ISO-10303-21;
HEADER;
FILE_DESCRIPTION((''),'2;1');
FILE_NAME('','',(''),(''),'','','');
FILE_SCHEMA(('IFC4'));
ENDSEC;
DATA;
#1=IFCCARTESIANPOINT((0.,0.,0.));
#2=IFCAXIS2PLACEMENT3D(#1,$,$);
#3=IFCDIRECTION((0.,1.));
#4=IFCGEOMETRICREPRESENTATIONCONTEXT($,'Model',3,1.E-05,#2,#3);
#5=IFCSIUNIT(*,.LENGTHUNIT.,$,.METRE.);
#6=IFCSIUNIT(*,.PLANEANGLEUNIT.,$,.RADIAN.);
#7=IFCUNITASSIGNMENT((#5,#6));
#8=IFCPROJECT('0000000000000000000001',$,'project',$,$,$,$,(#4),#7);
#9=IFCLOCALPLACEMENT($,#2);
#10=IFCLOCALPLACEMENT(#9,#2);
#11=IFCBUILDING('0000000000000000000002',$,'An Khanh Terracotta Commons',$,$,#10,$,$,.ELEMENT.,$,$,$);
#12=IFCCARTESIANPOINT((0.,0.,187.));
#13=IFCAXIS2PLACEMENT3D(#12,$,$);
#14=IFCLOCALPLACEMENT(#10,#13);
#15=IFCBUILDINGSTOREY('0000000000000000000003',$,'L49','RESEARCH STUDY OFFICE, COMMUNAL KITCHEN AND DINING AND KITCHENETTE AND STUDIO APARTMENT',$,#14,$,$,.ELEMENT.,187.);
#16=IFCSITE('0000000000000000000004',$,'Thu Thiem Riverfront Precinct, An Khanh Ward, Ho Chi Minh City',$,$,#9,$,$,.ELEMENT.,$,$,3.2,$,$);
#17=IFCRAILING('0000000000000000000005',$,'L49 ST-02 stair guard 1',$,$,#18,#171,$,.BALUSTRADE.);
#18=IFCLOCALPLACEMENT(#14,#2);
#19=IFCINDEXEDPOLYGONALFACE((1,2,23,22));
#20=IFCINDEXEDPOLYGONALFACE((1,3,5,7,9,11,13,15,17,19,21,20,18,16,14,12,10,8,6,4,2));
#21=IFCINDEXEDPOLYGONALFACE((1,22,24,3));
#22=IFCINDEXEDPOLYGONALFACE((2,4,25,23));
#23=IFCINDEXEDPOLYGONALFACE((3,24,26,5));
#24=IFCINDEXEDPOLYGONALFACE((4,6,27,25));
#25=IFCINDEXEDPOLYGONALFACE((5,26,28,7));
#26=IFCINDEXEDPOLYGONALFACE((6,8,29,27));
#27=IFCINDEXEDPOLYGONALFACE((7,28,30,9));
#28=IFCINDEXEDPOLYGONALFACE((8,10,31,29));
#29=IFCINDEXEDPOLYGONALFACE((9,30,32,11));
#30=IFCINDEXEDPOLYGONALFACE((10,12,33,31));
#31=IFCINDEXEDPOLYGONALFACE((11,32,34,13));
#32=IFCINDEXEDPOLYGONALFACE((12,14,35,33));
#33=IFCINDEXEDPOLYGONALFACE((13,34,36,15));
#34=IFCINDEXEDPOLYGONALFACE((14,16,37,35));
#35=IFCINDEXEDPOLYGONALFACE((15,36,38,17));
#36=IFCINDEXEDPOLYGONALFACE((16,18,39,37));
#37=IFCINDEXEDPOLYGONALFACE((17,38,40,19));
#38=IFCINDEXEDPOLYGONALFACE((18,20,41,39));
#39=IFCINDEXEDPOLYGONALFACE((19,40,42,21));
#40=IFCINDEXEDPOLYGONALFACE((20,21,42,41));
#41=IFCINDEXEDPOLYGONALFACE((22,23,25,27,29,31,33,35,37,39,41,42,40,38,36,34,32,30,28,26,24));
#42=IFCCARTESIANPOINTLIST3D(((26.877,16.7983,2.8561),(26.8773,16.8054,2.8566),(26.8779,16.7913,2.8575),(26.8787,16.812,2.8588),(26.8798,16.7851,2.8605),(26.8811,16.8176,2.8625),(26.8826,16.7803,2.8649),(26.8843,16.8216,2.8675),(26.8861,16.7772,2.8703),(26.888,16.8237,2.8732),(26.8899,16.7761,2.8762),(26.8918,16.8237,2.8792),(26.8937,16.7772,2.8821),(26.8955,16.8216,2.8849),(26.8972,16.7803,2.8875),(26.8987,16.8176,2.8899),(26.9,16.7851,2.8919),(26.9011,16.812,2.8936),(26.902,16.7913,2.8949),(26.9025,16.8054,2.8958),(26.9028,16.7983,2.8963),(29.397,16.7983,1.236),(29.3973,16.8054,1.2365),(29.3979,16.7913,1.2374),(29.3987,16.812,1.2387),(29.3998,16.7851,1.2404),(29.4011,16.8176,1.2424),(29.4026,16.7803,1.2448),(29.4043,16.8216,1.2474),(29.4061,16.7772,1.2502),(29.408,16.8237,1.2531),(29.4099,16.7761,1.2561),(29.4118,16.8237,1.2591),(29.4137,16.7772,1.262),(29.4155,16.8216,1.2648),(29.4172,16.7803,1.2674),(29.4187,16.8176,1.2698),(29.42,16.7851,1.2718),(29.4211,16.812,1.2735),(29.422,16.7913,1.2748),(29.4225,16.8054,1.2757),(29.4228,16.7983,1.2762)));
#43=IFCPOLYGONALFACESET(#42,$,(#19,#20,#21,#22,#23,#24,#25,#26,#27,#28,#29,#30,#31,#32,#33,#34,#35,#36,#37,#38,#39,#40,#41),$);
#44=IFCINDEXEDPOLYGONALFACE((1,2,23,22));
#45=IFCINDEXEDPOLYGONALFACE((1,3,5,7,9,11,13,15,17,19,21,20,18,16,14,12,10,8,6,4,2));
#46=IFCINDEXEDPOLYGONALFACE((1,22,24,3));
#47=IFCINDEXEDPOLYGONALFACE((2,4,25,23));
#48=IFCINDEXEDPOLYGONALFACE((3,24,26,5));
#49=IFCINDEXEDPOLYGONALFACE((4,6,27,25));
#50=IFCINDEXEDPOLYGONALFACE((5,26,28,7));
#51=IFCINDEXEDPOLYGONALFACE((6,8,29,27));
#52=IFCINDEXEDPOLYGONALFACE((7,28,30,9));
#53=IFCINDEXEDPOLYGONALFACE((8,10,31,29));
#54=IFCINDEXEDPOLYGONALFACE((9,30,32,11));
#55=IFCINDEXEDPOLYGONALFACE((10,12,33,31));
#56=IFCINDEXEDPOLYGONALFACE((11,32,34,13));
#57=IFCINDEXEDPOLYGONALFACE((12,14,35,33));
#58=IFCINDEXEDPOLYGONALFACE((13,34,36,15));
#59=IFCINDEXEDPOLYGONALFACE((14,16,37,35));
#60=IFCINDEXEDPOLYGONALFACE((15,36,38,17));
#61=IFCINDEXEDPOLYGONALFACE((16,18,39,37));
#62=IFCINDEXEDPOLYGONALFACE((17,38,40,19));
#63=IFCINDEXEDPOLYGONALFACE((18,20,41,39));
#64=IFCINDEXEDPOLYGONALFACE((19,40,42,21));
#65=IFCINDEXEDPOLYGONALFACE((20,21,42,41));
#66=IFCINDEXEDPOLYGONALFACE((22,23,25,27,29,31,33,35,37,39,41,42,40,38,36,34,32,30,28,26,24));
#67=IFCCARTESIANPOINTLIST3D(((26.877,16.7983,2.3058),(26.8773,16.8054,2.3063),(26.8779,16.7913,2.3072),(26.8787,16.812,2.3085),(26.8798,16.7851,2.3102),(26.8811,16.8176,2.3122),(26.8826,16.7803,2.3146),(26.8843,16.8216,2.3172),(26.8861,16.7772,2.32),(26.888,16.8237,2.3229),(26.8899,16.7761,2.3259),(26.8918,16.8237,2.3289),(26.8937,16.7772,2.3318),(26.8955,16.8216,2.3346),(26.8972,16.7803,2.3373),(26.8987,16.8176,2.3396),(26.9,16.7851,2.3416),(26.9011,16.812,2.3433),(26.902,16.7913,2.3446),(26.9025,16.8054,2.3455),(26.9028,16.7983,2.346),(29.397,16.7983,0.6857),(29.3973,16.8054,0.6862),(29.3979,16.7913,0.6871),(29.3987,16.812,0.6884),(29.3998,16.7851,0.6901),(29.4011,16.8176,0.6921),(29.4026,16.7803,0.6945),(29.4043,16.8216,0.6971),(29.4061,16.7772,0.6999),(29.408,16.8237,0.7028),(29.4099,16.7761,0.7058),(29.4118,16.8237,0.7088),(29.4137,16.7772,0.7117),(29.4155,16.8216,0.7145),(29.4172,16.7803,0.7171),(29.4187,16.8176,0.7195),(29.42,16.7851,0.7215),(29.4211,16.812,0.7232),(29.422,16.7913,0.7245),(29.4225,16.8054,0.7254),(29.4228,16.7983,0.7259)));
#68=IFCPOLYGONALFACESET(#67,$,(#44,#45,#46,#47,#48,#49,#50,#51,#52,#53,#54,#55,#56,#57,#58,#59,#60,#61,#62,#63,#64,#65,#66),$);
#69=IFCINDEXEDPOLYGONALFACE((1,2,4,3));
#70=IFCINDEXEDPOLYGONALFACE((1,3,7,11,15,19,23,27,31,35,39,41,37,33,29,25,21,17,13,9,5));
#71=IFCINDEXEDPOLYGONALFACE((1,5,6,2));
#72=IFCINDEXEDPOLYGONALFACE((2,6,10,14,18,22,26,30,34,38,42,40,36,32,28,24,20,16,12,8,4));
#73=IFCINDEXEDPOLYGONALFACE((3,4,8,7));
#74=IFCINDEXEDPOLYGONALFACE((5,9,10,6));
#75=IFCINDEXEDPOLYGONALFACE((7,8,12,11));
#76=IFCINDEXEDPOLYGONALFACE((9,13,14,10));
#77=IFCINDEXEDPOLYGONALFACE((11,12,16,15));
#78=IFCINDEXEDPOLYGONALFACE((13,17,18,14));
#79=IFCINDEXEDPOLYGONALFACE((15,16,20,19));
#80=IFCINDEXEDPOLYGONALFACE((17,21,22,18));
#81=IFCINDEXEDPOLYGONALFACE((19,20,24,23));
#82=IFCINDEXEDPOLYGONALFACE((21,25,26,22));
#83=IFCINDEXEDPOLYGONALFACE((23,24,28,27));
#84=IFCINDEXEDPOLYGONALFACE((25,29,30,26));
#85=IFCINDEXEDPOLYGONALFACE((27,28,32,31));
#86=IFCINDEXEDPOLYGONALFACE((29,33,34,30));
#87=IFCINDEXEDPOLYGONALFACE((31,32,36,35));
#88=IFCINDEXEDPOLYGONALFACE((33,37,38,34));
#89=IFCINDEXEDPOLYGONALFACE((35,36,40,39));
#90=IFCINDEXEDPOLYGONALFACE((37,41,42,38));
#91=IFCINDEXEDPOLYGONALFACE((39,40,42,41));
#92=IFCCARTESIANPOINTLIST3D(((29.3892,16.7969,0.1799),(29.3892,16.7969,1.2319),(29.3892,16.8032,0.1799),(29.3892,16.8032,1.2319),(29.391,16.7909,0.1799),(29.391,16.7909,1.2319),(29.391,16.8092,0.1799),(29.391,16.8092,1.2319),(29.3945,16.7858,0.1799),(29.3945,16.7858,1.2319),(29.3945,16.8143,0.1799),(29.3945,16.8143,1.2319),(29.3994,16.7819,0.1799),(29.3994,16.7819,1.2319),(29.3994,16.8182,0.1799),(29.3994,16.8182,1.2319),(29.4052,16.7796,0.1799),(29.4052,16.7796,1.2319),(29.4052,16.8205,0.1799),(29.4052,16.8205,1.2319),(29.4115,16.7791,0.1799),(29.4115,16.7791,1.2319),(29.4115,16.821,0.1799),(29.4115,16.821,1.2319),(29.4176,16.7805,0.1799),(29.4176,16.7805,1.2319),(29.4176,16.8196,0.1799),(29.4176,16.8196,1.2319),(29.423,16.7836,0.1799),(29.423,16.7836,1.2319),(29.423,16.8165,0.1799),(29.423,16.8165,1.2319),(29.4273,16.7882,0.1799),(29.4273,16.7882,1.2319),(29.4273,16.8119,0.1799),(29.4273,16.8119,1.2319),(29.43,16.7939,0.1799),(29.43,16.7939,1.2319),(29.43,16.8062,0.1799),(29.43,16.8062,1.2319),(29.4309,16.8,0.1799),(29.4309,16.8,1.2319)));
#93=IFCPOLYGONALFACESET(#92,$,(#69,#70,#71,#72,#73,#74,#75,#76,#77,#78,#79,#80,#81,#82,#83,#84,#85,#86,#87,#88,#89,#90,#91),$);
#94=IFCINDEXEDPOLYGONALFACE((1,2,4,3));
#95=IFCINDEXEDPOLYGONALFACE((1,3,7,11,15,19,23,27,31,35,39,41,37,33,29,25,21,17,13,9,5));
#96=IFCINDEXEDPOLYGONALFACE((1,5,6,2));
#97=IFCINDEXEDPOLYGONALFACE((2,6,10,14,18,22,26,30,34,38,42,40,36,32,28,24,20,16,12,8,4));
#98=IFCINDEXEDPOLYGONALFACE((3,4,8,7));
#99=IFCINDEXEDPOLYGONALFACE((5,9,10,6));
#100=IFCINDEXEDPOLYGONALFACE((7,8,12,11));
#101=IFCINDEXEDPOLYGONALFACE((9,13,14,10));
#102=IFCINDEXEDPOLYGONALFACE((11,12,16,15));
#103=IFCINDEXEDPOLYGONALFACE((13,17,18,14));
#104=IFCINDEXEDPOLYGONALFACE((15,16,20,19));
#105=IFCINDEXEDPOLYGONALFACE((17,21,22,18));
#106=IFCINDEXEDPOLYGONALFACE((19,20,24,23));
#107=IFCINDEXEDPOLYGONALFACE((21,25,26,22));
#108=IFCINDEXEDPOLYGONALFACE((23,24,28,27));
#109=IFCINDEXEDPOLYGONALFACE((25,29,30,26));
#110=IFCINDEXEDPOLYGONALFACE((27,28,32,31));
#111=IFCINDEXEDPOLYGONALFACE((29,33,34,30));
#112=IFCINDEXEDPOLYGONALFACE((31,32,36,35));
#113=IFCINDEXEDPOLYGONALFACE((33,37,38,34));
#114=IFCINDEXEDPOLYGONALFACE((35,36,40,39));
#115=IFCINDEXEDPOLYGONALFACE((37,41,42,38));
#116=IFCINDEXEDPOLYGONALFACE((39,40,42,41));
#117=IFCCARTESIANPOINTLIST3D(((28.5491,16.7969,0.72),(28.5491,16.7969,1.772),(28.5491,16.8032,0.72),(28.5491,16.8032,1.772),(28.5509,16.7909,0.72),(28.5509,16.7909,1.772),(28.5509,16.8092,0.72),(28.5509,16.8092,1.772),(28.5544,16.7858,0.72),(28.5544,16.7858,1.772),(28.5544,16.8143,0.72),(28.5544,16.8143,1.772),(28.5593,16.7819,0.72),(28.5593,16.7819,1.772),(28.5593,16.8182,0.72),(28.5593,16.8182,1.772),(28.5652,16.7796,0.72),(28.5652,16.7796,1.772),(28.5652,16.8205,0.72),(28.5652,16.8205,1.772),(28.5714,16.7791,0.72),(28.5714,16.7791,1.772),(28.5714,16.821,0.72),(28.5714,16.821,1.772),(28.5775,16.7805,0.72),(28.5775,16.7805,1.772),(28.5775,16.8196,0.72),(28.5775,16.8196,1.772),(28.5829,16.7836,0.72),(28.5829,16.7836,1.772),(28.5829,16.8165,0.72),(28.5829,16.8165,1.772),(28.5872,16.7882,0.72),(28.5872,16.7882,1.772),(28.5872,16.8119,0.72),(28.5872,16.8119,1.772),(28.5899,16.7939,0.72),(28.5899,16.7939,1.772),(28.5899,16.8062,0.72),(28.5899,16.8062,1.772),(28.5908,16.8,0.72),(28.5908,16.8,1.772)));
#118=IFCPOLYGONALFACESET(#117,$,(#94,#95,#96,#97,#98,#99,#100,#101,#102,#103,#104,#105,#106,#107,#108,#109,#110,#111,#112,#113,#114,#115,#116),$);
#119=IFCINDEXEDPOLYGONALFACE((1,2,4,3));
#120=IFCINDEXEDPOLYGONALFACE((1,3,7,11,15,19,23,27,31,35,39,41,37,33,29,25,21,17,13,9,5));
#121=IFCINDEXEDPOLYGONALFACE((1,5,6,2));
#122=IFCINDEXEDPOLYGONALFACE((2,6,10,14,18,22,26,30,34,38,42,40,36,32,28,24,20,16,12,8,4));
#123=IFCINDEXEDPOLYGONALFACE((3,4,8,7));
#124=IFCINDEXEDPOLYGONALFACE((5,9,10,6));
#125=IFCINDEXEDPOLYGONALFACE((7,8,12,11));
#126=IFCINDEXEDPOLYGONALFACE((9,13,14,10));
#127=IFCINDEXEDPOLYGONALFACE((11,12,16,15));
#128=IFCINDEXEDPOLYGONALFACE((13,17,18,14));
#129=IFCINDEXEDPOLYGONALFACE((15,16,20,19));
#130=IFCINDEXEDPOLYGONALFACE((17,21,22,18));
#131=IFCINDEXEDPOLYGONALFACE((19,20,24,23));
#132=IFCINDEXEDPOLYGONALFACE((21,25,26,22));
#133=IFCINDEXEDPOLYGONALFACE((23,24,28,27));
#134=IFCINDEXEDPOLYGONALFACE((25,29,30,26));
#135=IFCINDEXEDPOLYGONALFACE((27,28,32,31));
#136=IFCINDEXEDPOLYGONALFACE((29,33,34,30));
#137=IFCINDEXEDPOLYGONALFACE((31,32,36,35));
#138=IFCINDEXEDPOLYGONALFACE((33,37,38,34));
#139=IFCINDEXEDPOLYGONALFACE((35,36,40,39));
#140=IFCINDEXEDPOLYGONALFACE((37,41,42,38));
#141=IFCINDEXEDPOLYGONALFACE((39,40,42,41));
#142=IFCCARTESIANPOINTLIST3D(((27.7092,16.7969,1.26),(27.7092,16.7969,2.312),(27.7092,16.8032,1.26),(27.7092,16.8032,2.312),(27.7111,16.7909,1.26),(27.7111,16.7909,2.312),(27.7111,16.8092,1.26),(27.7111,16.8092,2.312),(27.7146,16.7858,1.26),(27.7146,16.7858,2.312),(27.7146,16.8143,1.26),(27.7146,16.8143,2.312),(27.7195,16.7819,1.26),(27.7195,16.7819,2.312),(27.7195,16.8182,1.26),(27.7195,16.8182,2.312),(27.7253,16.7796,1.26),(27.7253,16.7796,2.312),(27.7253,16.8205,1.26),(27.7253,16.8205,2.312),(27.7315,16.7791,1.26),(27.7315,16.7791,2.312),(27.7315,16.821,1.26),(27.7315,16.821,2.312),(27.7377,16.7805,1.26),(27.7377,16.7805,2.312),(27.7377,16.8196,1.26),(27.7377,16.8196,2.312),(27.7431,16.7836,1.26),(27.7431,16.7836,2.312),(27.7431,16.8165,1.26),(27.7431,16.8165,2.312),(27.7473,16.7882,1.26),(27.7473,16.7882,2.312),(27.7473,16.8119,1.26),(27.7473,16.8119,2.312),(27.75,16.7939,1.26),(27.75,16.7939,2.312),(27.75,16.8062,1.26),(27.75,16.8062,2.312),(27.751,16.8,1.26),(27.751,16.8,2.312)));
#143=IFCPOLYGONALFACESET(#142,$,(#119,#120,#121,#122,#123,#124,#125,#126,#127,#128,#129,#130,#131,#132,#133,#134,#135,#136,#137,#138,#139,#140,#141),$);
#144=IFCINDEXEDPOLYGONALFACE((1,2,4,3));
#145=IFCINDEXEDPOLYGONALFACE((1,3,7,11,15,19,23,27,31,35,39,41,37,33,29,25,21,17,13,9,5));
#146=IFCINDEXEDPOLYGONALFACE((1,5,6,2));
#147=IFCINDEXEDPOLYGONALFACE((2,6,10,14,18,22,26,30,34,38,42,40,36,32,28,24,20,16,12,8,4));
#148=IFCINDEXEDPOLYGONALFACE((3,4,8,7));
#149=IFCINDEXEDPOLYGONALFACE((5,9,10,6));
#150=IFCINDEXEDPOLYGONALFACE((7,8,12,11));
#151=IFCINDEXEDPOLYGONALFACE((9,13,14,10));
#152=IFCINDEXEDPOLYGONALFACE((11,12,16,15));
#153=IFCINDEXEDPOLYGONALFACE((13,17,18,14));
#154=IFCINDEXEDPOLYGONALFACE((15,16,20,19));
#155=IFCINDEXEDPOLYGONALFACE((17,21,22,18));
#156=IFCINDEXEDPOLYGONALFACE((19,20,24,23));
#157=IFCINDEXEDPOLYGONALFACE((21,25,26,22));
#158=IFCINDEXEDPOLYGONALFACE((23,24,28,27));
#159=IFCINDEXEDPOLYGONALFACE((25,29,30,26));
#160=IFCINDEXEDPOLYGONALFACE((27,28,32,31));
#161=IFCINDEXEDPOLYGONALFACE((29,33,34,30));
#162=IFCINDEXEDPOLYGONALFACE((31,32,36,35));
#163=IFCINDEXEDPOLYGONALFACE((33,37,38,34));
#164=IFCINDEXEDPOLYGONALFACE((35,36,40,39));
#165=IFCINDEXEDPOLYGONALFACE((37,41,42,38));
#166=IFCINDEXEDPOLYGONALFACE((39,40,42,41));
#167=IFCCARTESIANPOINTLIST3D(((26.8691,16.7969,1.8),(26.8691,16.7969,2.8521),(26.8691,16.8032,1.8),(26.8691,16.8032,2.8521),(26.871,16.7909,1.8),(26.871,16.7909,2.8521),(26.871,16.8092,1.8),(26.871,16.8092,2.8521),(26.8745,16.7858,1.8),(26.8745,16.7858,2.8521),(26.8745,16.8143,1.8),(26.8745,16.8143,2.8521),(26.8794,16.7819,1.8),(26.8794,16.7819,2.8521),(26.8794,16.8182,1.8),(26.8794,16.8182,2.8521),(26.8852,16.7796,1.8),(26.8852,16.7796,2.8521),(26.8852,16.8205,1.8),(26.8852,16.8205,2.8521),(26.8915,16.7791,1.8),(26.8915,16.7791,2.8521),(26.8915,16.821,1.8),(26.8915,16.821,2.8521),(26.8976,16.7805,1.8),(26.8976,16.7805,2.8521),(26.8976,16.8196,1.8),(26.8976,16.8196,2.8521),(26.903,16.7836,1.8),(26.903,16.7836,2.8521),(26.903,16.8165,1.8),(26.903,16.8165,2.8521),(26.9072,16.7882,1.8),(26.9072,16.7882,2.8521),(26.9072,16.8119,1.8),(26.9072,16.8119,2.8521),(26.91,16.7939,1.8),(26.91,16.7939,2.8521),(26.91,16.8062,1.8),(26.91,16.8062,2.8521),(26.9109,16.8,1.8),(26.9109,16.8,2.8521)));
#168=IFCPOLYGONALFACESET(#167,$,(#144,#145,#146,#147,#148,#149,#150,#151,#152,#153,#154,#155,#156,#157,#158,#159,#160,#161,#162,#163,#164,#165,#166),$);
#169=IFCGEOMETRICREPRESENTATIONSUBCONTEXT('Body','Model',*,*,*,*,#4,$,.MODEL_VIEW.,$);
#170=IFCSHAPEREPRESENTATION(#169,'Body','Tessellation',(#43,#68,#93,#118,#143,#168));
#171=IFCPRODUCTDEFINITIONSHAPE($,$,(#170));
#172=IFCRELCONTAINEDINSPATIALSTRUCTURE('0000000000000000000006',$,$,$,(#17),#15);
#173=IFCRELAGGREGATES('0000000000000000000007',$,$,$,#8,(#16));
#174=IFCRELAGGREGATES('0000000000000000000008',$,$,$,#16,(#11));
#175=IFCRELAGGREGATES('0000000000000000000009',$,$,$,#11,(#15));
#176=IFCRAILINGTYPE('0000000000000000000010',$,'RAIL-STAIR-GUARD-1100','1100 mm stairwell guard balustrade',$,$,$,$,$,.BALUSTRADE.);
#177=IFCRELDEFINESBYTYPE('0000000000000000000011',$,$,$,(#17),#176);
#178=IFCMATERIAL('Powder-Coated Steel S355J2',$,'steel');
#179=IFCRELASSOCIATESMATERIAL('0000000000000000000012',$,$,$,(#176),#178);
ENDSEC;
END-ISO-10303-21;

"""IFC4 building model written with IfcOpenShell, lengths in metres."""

from ifc_helpers import new_model, si_unit, direction, frame, origin, origin_2d, place, context, subcontext, project, spatial, circle, extrude, material, type_object, element, save


model = new_model("IFC4")

# Units and contexts
model_context = context("Model", 3, precision=1e-05, world=origin(), true_north=direction((0.0, 1.0)))
body_context = subcontext(model_context, "Body", "Model", "MODEL_VIEW")
ifc_project = project(units=[si_unit("LENGTHUNIT", "METRE"), si_unit("PLANEANGLEUNIT", "RADIAN")], contexts=[model_context])

# Site, building, storey
site_placement = place(None, origin())
site = spatial("IfcSite", under=ifc_project, at=site_placement, Name="Thu Thiem Riverfront Precinct, An Khanh Ward, Ho Chi Minh City", CompositionType="ELEMENT", RefElevation=3.2)
building_placement = place(site_placement, origin())
building = spatial("IfcBuilding", under=site, at=building_placement, Name="An Khanh Terracotta Commons", CompositionType="ELEMENT")
storey_placement = place(building_placement, frame((0.0, 0.0, 187.0)))
storey = spatial("IfcBuildingStorey", under=building, at=storey_placement, Name="L49", Description="RESEARCH STUDY OFFICE, COMMUNAL KITCHEN AND DINING AND KITCHENETTE AND STUDIO APARTMENT", CompositionType="ELEMENT", Elevation=187.0)

# Railing
ifc_material_1 = material(Name="Powder-Coated Steel S355J2", Category="steel")
railing_type_1 = type_object("IfcRailingType", Name="RAIL-STAIR-GUARD-1100", Description="1100 mm stairwell guard balustrade", PredefinedType="BALUSTRADE", material=ifc_material_1)
railing_1_placement = place(storey_placement, frame((29.4099, 16.8, 0.1799)))
element("IfcRailing", 1, at=railing_1_placement, inside=storey, type_object=railing_type_1, Name="L49 ST-02 stair guard 1", PredefinedType="BALUSTRADE", context=body_context, shape_type="SweptSolid", body=[
    extrude(circle(Radius=0.0239, at=origin_2d()), frame((0.0, 0.0, 1.0762), z_axis=(-0.841163, 0.0, 0.540782), x_axis=(0.0, -1.0, 0.0)), (0.0, 0.0, 1.0), 2.9958),
    extrude(circle(Radius=0.0239, at=origin_2d()), frame((0.0, 0.0, 0.5259), z_axis=(-0.841163, 0.0, 0.540782), x_axis=(0.0, -1.0, 0.0)), (0.0, 0.0, 1.0), 2.9958),
    extrude(circle(Radius=0.021, at=origin_2d()), origin(), (0.0, 0.0, 1.0), 1.052),
    extrude(circle(Radius=0.021, at=origin_2d()), frame((-0.8401, 0.0, 0.54)), (0.0, 0.0, 1.0), 1.052),
    extrude(circle(Radius=0.021, at=origin_2d()), frame((-1.6799, 0.0, 1.0801)), (0.0, 0.0, 1.0), 1.052),
    extrude(circle(Radius=0.021, at=origin_2d()), frame((-2.52, 0.0, 1.6201)), (0.0, 0.0, 1.0), 1.052),
])

save(model, "model.ifc")
